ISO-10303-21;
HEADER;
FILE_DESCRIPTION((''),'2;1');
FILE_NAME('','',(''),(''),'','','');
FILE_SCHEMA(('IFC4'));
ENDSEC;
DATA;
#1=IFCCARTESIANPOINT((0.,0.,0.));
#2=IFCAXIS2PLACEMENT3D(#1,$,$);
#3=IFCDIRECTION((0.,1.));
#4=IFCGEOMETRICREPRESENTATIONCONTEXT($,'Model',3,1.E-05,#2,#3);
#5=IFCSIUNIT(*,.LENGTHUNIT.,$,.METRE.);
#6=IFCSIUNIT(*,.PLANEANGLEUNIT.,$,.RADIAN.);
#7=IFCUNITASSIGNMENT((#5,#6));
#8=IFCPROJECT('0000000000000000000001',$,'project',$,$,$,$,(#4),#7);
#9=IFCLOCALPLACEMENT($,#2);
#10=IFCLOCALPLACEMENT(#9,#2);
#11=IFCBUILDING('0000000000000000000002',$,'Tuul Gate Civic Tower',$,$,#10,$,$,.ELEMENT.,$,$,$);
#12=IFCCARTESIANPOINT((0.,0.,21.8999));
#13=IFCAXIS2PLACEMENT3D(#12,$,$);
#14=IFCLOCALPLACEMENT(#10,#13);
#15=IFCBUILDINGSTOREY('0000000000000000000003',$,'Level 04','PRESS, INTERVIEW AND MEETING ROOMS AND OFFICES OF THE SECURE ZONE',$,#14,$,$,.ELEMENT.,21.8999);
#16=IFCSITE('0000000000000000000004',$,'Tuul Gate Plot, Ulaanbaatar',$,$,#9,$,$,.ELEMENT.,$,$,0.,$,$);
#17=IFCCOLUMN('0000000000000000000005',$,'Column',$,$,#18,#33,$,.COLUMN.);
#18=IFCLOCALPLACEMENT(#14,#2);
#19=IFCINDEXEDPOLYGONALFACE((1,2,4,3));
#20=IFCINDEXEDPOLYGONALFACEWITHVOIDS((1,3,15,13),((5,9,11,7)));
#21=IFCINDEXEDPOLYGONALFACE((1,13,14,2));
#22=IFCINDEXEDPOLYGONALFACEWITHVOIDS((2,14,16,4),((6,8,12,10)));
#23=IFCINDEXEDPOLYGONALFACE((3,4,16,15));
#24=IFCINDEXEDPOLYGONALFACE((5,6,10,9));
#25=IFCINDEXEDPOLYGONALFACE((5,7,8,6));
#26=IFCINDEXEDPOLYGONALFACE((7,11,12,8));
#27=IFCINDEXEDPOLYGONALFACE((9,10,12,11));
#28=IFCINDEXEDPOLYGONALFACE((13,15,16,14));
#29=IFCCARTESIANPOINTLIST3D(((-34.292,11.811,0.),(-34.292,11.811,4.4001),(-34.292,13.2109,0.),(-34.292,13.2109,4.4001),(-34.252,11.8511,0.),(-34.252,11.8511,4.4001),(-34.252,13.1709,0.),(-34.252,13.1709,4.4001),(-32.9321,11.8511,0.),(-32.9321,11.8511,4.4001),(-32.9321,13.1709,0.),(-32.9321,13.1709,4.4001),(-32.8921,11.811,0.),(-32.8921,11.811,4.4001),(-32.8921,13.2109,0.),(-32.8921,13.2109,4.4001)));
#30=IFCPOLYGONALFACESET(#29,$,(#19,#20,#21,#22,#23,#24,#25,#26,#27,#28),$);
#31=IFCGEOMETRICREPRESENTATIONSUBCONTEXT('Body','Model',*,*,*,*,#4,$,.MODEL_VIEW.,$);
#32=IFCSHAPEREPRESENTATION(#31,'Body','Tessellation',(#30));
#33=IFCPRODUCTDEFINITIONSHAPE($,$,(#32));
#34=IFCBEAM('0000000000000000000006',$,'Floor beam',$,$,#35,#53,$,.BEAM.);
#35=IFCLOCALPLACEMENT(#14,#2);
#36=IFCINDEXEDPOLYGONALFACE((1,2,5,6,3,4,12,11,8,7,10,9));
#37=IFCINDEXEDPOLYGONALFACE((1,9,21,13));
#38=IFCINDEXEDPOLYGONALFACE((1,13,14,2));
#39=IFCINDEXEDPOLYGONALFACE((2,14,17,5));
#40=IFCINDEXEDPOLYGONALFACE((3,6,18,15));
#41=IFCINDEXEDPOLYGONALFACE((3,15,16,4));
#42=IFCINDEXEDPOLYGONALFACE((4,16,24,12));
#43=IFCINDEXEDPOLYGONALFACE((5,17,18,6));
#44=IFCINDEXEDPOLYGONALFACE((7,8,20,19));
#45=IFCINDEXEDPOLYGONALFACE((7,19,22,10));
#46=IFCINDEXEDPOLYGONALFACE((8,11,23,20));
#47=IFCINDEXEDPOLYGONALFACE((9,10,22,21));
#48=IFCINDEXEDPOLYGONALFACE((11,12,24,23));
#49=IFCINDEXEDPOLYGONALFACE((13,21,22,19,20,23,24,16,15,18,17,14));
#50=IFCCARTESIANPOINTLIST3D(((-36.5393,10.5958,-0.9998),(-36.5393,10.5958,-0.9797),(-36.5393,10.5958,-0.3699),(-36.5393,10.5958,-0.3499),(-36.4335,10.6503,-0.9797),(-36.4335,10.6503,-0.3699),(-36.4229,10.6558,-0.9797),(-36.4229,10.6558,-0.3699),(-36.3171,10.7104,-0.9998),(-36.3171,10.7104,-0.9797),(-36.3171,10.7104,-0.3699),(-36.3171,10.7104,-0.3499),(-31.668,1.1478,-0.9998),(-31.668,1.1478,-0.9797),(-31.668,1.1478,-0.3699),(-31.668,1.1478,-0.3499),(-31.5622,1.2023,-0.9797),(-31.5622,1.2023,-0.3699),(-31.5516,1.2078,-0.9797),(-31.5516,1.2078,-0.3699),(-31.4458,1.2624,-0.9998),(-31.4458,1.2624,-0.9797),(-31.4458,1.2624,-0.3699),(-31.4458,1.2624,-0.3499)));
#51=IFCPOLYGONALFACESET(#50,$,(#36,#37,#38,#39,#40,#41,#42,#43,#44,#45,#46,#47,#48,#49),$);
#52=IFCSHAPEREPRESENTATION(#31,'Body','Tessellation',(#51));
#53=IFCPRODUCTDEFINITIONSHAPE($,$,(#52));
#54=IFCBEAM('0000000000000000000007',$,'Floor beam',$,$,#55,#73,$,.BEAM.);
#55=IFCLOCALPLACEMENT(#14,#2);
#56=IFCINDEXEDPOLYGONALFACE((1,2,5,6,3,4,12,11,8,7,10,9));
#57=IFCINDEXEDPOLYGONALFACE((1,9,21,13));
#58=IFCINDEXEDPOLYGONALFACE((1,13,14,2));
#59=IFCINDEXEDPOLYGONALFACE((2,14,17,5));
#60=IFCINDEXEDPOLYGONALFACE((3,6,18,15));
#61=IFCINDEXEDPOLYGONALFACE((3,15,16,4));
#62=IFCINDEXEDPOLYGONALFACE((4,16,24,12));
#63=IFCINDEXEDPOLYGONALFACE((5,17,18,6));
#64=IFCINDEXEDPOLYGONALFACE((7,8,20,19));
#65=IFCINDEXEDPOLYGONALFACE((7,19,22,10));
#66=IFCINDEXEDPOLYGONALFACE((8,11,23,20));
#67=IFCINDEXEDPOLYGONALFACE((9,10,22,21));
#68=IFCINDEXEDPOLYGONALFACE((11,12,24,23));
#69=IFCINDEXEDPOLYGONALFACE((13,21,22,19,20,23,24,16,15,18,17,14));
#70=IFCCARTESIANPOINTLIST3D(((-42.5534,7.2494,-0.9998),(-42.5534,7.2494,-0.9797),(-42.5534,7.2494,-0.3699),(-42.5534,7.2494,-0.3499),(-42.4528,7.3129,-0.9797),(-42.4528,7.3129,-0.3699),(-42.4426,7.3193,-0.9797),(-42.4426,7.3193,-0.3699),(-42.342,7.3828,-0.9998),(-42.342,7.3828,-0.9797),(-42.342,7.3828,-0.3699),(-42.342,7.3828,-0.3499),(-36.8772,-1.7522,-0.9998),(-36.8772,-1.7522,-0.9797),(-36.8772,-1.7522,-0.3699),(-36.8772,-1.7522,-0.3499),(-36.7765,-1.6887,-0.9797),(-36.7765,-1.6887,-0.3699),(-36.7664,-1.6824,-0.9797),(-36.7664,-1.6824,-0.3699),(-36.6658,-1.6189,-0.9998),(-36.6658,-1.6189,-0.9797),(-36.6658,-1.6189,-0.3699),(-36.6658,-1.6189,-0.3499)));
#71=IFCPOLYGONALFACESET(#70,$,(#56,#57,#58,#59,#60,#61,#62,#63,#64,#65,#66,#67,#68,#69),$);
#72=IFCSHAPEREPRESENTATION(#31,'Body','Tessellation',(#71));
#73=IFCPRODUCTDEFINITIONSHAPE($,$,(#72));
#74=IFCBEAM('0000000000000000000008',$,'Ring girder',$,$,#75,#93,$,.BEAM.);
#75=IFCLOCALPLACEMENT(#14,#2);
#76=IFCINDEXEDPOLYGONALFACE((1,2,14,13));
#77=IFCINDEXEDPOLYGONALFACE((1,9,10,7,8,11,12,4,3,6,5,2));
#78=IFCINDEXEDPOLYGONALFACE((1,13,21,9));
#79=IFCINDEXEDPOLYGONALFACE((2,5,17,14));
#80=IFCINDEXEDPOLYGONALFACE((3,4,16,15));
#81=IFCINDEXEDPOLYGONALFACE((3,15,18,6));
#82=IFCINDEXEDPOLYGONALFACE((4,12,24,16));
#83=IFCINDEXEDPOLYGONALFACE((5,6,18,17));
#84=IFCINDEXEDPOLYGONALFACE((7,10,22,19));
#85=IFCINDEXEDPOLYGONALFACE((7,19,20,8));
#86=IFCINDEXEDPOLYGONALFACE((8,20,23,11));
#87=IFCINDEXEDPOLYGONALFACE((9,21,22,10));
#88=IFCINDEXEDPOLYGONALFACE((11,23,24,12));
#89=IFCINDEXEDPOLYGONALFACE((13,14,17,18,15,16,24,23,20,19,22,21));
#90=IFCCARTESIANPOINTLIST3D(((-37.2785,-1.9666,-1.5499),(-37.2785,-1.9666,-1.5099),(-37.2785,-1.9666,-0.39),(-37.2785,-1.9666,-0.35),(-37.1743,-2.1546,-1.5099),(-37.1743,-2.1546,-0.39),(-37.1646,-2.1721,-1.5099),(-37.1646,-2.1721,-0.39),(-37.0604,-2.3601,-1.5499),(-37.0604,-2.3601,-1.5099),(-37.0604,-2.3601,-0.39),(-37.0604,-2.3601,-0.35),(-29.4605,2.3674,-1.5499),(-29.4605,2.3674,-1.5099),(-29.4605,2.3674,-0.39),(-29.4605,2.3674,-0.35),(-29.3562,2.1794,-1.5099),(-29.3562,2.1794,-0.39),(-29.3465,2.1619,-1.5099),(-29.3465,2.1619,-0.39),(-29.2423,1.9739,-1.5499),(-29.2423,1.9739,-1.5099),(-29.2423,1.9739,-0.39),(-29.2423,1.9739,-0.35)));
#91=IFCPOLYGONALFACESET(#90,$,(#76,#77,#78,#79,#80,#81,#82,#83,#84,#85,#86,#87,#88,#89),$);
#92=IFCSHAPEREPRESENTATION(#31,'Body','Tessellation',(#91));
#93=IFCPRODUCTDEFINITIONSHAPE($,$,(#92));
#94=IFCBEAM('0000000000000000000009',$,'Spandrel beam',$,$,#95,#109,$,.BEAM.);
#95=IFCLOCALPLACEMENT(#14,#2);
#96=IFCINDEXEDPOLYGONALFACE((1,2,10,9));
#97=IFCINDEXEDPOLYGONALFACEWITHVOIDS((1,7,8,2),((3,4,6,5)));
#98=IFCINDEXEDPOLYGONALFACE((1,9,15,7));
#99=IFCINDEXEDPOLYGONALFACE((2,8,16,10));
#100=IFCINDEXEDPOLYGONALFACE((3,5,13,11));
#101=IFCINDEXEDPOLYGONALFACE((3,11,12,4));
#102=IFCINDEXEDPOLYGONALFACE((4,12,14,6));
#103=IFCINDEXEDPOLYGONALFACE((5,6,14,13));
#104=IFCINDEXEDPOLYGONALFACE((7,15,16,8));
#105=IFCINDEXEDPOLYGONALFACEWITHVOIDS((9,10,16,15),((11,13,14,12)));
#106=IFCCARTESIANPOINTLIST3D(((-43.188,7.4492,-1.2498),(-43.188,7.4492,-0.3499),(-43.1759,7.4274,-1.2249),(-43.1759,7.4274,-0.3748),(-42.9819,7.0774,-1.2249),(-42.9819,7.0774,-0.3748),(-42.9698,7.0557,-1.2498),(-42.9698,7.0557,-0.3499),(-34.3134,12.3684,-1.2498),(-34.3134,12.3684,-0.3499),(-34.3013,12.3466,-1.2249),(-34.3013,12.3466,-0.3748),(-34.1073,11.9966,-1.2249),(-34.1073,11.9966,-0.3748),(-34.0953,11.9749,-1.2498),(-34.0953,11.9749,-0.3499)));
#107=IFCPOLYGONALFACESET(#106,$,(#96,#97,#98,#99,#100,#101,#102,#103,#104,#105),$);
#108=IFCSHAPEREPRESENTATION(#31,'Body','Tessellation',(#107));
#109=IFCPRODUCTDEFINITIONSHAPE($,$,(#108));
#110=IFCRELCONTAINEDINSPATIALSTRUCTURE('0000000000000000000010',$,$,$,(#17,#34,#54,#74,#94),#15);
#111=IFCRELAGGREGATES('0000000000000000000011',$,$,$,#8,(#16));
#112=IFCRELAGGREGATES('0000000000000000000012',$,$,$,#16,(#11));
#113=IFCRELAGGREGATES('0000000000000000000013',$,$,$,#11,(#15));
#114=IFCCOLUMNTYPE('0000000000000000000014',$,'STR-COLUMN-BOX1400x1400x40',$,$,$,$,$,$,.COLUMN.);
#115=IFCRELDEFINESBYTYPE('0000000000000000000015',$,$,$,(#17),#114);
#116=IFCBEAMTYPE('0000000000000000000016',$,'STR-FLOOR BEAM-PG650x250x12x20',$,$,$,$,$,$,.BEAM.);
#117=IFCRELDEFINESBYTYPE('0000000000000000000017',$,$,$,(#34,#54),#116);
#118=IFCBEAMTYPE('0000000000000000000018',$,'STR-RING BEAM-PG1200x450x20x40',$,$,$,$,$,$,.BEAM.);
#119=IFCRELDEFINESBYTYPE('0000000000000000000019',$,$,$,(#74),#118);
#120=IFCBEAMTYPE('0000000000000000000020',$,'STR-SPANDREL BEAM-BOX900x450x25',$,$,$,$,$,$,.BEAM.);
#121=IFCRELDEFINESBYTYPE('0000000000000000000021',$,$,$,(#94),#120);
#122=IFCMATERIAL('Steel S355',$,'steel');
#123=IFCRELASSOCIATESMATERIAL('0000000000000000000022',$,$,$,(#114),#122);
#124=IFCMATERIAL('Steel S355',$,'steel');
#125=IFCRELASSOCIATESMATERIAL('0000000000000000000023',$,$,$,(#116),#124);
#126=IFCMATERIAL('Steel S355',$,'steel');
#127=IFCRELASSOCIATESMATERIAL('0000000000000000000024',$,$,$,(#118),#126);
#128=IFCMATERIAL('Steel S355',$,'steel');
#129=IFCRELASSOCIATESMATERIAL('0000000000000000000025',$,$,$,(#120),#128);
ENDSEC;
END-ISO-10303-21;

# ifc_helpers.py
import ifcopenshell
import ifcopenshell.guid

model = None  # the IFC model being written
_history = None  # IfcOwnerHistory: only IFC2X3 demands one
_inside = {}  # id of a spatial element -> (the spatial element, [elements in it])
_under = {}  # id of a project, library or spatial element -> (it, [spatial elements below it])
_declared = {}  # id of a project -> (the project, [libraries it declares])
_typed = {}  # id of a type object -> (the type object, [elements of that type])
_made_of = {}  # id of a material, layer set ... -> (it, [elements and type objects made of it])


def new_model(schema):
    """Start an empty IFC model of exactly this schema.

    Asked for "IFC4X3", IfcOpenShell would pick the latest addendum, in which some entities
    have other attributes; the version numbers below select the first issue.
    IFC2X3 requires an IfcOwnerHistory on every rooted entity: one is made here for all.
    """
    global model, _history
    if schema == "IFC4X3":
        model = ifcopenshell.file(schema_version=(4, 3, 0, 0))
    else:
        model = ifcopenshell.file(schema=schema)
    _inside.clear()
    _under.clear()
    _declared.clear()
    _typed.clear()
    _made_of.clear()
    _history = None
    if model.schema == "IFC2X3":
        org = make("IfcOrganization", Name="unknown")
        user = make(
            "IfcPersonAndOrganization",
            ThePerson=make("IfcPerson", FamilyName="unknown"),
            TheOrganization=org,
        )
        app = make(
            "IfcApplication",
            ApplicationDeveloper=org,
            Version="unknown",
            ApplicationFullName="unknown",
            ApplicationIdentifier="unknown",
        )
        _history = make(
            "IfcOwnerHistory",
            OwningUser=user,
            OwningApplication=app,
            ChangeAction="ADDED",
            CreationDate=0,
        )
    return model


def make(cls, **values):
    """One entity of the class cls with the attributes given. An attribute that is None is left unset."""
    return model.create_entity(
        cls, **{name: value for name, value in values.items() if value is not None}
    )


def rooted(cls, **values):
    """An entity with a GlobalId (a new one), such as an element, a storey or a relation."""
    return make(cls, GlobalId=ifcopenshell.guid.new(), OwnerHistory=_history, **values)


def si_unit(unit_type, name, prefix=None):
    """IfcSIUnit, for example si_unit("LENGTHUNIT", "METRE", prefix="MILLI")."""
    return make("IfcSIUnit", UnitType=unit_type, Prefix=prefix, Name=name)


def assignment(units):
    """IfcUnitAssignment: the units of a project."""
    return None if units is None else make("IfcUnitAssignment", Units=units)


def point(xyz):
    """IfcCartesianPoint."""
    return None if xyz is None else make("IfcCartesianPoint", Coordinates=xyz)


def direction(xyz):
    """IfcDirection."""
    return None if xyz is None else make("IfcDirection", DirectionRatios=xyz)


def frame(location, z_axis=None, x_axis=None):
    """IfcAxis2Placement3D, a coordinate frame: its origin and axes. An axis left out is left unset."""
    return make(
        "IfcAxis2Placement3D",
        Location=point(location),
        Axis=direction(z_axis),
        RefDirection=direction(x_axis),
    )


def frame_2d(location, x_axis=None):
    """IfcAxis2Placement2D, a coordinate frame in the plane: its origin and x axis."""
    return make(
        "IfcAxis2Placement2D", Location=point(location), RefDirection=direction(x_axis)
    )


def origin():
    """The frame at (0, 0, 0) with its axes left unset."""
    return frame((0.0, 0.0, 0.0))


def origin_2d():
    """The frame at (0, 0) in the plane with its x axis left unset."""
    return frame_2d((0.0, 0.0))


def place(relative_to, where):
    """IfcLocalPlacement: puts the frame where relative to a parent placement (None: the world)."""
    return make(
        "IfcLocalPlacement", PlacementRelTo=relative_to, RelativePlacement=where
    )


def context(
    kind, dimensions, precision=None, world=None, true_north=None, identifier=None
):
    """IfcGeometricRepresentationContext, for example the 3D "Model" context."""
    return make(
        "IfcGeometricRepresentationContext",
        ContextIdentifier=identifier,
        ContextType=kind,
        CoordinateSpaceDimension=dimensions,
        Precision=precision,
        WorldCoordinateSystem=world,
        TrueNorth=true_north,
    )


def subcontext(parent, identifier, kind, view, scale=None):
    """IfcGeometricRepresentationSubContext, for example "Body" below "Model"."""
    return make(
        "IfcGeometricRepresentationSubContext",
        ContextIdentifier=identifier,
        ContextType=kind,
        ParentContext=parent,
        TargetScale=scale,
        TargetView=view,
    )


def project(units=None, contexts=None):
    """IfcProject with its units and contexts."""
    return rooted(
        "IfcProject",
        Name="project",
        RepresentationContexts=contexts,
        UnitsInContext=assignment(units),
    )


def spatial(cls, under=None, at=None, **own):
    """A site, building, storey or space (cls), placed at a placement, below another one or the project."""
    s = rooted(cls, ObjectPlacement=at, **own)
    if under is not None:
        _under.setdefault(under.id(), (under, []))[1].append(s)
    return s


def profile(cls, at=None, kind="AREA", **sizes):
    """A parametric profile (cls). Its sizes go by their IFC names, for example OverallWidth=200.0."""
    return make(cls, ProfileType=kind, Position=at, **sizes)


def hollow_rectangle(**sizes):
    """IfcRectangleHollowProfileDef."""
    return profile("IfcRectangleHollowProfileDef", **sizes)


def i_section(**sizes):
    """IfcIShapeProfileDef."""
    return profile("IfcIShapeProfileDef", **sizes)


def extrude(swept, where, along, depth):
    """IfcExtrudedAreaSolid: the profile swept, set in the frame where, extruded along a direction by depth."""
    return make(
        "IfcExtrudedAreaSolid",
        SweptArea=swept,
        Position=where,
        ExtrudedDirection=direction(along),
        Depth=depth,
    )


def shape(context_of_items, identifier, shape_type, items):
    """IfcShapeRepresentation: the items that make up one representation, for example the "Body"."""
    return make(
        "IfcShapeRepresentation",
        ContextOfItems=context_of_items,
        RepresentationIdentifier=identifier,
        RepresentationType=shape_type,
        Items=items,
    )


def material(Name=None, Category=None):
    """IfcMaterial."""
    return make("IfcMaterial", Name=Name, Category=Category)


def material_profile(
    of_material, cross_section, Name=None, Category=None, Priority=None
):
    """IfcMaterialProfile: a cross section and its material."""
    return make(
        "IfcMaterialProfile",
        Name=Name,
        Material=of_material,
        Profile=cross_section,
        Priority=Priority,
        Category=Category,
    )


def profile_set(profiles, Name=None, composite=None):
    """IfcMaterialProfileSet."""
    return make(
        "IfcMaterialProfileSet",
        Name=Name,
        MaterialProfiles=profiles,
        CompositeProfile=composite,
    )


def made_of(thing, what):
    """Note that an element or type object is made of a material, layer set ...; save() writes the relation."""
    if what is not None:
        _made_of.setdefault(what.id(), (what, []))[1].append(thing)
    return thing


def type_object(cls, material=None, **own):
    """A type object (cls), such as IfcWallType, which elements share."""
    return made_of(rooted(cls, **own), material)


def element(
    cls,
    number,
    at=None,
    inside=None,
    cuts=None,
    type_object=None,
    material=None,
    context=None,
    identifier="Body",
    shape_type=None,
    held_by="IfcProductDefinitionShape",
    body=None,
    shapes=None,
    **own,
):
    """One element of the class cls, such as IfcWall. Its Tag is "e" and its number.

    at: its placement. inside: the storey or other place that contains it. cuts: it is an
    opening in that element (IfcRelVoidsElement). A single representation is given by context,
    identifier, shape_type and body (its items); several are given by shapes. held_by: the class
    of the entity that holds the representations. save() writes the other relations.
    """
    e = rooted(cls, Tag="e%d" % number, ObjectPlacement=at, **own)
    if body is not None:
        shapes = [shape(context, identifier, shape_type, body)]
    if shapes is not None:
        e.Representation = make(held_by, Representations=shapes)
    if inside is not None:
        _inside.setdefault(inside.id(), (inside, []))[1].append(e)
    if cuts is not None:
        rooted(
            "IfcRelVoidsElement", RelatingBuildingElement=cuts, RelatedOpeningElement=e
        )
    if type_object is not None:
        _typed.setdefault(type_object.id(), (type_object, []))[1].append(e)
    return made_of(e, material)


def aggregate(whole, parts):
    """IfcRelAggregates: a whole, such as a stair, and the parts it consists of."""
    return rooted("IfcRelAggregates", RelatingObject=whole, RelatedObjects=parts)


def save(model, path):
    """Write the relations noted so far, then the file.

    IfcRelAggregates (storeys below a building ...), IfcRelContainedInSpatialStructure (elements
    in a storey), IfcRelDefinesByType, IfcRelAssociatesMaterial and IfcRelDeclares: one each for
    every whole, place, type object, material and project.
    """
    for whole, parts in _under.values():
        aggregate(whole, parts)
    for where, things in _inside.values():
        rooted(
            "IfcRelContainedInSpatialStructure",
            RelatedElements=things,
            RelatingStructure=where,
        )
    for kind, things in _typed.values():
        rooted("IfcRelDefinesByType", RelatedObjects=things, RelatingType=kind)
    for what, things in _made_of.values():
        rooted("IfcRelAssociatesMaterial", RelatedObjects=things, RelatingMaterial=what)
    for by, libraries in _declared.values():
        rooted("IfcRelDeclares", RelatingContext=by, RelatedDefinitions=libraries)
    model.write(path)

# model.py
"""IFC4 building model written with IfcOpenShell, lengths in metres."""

from ifc_helpers import new_model, si_unit, direction, frame, origin, origin_2d, place, context, subcontext, project, spatial, hollow_rectangle, i_section, extrude, material, material_profile, profile_set, type_object, element, save


model = new_model("IFC4")

# Units and contexts
model_context = context("Model", 3, precision=1e-05, world=origin(), true_north=direction((0.0, 1.0)))
body_context = subcontext(model_context, "Body", "Model", "MODEL_VIEW")
ifc_project = project(units=[si_unit("LENGTHUNIT", "METRE"), si_unit("PLANEANGLEUNIT", "RADIAN")], contexts=[model_context])

# Site, building, storey
site_placement = place(None, origin())
site = spatial("IfcSite", under=ifc_project, at=site_placement, Name="Tuul Gate Plot, Ulaanbaatar", CompositionType="ELEMENT", RefElevation=0.0)
building_placement = place(site_placement, origin())
building = spatial("IfcBuilding", under=site, at=building_placement, Name="Tuul Gate Civic Tower", CompositionType="ELEMENT")
storey_placement = place(building_placement, frame((0.0, 0.0, 21.8999)))
storey = spatial("IfcBuildingStorey", under=building, at=storey_placement, Name="Level 04", Description="PRESS, INTERVIEW AND MEETING ROOMS AND OFFICES OF THE SECURE ZONE", CompositionType="ELEMENT", Elevation=21.8999)

# Column
ifc_material_1 = material(Name="Steel S355", Category="steel")
ifc_material_profile_1 = material_profile(ifc_material_1, hollow_rectangle(XDim=1.3999, YDim=1.3999, WallThickness=0.04, at=origin_2d()), Name="BOX1400x1400x40")
ifc_profile_set_1 = profile_set([ifc_material_profile_1], Name="Steel S355")
column_type = type_object("IfcColumnType", Name="STR-COLUMN-BOX1400x1400x40", PredefinedType="COLUMN", material=ifc_profile_set_1)
column_placement = place(storey_placement, frame((-33.592, 12.511, 0.0), z_axis=(0.0, 0.0, 1.0), x_axis=(1.0, 0.0, 0.0)))
element("IfcColumn", 1, at=column_placement, inside=storey, type_object=column_type, Name="Column", PredefinedType="COLUMN", context=body_context, shape_type="SweptSolid", body=[
    extrude(hollow_rectangle(XDim=1.3999, YDim=1.3999, WallThickness=0.04, at=origin_2d()), origin(), (0.0, 0.0, 1.0), 4.4001),
])

# Beams
ifc_material_2 = material(Name="Steel S355", Category="steel")
ifc_material_profile_2 = material_profile(ifc_material_2, i_section(OverallWidth=0.25, OverallDepth=0.6499, WebThickness=0.012, FlangeThickness=0.02, at=origin_2d()), Name="PG650x250x12x20")
ifc_profile_set_2 = profile_set([ifc_material_profile_2], Name="Steel S355")
beam_type_1 = type_object("IfcBeamType", Name="STR-FLOOR BEAM-PG650x250x12x20", PredefinedType="BEAM", material=ifc_profile_set_2)
beam_1_placement = place(storey_placement, frame((-31.5569, 1.2051, -0.6748), z_axis=(-0.458268, 0.888814, 0.0), x_axis=(-0.888814, -0.458268, 0.0)))
element("IfcBeam", 2, at=beam_1_placement, inside=storey, type_object=beam_type_1, Name="Floor beam", PredefinedType="BEAM", context=body_context, shape_type="SweptSolid", body=[
    extrude(i_section(OverallWidth=0.25, OverallDepth=0.6499, WebThickness=0.012, FlangeThickness=0.02, at=origin_2d()), origin(), (0.0, 0.0, 1.0), 10.6299),
])
beam_2_placement = place(storey_placement, frame((-36.7715, -1.6855, -0.6748), z_axis=(-0.533387, 0.845871, 0.0), x_axis=(-0.845871, -0.533387, 0.0)))
element("IfcBeam", 3, at=beam_2_placement, inside=storey, type_object=beam_type_1, Name="Floor beam", PredefinedType="BEAM", context=body_context, shape_type="SweptSolid", body=[
    extrude(i_section(OverallWidth=0.25, OverallDepth=0.6499, WebThickness=0.012, FlangeThickness=0.02, at=origin_2d()), origin(), (0.0, 0.0, 1.0), 10.6418),
])
ifc_material_3 = material(Name="Steel S355", Category="steel")
ifc_material_profile_3 = material_profile(ifc_material_3, i_section(OverallWidth=0.45, OverallDepth=1.2, WebThickness=0.02, FlangeThickness=0.04, at=origin_2d()), Name="PG1200x450x20x40")
ifc_profile_set_3 = profile_set([ifc_material_profile_3], Name="Steel S355")
beam_type_2 = type_object("IfcBeamType", Name="STR-RING BEAM-PG1200x450x20x40", PredefinedType="BEAM", material=ifc_profile_set_3)
beam_3_placement = place(storey_placement, frame((-37.1694, -2.1633, -0.95), z_axis=(0.874604, 0.484838, 0.0), x_axis=(-0.484838, 0.874604, 0.0)))
element("IfcBeam", 4, at=beam_3_placement, inside=storey, type_object=beam_type_2, Name="Ring girder", PredefinedType="BEAM", context=body_context, shape_type="SweptSolid", body=[
    extrude(i_section(OverallWidth=0.45, OverallDepth=1.2, WebThickness=0.02, FlangeThickness=0.04, at=origin_2d()), origin(), (0.0, 0.0, 1.0), 8.939),
])
ifc_material_4 = material(Name="Steel S355", Category="steel")
ifc_material_profile_4 = material_profile(ifc_material_4, hollow_rectangle(XDim=0.45, YDim=0.8999, WallThickness=0.0249, at=origin_2d()), Name="BOX900x450x25")
ifc_profile_set_4 = profile_set([ifc_material_profile_4], Name="Steel S355")
beam_type_3 = type_object("IfcBeamType", Name="STR-SPANDREL BEAM-BOX900x450x25", PredefinedType="BEAM", material=ifc_profile_set_4)
beam_4_placement = place(storey_placement, frame((-34.2043, 12.1716, -0.7998), z_axis=(-0.874621, -0.484807, 0.0), x_axis=(0.484807, -0.874621, 0.0)))
element("IfcBeam", 5, at=beam_4_placement, inside=storey, type_object=beam_type_3, Name="Spandrel beam", PredefinedType="BEAM", context=body_context, shape_type="SweptSolid", body=[
    extrude(hollow_rectangle(XDim=0.45, YDim=0.8999, WallThickness=0.0249, at=origin_2d()), origin(), (0.0, 0.0, 1.0), 10.1467),
])

save(model, "model.ifc")
